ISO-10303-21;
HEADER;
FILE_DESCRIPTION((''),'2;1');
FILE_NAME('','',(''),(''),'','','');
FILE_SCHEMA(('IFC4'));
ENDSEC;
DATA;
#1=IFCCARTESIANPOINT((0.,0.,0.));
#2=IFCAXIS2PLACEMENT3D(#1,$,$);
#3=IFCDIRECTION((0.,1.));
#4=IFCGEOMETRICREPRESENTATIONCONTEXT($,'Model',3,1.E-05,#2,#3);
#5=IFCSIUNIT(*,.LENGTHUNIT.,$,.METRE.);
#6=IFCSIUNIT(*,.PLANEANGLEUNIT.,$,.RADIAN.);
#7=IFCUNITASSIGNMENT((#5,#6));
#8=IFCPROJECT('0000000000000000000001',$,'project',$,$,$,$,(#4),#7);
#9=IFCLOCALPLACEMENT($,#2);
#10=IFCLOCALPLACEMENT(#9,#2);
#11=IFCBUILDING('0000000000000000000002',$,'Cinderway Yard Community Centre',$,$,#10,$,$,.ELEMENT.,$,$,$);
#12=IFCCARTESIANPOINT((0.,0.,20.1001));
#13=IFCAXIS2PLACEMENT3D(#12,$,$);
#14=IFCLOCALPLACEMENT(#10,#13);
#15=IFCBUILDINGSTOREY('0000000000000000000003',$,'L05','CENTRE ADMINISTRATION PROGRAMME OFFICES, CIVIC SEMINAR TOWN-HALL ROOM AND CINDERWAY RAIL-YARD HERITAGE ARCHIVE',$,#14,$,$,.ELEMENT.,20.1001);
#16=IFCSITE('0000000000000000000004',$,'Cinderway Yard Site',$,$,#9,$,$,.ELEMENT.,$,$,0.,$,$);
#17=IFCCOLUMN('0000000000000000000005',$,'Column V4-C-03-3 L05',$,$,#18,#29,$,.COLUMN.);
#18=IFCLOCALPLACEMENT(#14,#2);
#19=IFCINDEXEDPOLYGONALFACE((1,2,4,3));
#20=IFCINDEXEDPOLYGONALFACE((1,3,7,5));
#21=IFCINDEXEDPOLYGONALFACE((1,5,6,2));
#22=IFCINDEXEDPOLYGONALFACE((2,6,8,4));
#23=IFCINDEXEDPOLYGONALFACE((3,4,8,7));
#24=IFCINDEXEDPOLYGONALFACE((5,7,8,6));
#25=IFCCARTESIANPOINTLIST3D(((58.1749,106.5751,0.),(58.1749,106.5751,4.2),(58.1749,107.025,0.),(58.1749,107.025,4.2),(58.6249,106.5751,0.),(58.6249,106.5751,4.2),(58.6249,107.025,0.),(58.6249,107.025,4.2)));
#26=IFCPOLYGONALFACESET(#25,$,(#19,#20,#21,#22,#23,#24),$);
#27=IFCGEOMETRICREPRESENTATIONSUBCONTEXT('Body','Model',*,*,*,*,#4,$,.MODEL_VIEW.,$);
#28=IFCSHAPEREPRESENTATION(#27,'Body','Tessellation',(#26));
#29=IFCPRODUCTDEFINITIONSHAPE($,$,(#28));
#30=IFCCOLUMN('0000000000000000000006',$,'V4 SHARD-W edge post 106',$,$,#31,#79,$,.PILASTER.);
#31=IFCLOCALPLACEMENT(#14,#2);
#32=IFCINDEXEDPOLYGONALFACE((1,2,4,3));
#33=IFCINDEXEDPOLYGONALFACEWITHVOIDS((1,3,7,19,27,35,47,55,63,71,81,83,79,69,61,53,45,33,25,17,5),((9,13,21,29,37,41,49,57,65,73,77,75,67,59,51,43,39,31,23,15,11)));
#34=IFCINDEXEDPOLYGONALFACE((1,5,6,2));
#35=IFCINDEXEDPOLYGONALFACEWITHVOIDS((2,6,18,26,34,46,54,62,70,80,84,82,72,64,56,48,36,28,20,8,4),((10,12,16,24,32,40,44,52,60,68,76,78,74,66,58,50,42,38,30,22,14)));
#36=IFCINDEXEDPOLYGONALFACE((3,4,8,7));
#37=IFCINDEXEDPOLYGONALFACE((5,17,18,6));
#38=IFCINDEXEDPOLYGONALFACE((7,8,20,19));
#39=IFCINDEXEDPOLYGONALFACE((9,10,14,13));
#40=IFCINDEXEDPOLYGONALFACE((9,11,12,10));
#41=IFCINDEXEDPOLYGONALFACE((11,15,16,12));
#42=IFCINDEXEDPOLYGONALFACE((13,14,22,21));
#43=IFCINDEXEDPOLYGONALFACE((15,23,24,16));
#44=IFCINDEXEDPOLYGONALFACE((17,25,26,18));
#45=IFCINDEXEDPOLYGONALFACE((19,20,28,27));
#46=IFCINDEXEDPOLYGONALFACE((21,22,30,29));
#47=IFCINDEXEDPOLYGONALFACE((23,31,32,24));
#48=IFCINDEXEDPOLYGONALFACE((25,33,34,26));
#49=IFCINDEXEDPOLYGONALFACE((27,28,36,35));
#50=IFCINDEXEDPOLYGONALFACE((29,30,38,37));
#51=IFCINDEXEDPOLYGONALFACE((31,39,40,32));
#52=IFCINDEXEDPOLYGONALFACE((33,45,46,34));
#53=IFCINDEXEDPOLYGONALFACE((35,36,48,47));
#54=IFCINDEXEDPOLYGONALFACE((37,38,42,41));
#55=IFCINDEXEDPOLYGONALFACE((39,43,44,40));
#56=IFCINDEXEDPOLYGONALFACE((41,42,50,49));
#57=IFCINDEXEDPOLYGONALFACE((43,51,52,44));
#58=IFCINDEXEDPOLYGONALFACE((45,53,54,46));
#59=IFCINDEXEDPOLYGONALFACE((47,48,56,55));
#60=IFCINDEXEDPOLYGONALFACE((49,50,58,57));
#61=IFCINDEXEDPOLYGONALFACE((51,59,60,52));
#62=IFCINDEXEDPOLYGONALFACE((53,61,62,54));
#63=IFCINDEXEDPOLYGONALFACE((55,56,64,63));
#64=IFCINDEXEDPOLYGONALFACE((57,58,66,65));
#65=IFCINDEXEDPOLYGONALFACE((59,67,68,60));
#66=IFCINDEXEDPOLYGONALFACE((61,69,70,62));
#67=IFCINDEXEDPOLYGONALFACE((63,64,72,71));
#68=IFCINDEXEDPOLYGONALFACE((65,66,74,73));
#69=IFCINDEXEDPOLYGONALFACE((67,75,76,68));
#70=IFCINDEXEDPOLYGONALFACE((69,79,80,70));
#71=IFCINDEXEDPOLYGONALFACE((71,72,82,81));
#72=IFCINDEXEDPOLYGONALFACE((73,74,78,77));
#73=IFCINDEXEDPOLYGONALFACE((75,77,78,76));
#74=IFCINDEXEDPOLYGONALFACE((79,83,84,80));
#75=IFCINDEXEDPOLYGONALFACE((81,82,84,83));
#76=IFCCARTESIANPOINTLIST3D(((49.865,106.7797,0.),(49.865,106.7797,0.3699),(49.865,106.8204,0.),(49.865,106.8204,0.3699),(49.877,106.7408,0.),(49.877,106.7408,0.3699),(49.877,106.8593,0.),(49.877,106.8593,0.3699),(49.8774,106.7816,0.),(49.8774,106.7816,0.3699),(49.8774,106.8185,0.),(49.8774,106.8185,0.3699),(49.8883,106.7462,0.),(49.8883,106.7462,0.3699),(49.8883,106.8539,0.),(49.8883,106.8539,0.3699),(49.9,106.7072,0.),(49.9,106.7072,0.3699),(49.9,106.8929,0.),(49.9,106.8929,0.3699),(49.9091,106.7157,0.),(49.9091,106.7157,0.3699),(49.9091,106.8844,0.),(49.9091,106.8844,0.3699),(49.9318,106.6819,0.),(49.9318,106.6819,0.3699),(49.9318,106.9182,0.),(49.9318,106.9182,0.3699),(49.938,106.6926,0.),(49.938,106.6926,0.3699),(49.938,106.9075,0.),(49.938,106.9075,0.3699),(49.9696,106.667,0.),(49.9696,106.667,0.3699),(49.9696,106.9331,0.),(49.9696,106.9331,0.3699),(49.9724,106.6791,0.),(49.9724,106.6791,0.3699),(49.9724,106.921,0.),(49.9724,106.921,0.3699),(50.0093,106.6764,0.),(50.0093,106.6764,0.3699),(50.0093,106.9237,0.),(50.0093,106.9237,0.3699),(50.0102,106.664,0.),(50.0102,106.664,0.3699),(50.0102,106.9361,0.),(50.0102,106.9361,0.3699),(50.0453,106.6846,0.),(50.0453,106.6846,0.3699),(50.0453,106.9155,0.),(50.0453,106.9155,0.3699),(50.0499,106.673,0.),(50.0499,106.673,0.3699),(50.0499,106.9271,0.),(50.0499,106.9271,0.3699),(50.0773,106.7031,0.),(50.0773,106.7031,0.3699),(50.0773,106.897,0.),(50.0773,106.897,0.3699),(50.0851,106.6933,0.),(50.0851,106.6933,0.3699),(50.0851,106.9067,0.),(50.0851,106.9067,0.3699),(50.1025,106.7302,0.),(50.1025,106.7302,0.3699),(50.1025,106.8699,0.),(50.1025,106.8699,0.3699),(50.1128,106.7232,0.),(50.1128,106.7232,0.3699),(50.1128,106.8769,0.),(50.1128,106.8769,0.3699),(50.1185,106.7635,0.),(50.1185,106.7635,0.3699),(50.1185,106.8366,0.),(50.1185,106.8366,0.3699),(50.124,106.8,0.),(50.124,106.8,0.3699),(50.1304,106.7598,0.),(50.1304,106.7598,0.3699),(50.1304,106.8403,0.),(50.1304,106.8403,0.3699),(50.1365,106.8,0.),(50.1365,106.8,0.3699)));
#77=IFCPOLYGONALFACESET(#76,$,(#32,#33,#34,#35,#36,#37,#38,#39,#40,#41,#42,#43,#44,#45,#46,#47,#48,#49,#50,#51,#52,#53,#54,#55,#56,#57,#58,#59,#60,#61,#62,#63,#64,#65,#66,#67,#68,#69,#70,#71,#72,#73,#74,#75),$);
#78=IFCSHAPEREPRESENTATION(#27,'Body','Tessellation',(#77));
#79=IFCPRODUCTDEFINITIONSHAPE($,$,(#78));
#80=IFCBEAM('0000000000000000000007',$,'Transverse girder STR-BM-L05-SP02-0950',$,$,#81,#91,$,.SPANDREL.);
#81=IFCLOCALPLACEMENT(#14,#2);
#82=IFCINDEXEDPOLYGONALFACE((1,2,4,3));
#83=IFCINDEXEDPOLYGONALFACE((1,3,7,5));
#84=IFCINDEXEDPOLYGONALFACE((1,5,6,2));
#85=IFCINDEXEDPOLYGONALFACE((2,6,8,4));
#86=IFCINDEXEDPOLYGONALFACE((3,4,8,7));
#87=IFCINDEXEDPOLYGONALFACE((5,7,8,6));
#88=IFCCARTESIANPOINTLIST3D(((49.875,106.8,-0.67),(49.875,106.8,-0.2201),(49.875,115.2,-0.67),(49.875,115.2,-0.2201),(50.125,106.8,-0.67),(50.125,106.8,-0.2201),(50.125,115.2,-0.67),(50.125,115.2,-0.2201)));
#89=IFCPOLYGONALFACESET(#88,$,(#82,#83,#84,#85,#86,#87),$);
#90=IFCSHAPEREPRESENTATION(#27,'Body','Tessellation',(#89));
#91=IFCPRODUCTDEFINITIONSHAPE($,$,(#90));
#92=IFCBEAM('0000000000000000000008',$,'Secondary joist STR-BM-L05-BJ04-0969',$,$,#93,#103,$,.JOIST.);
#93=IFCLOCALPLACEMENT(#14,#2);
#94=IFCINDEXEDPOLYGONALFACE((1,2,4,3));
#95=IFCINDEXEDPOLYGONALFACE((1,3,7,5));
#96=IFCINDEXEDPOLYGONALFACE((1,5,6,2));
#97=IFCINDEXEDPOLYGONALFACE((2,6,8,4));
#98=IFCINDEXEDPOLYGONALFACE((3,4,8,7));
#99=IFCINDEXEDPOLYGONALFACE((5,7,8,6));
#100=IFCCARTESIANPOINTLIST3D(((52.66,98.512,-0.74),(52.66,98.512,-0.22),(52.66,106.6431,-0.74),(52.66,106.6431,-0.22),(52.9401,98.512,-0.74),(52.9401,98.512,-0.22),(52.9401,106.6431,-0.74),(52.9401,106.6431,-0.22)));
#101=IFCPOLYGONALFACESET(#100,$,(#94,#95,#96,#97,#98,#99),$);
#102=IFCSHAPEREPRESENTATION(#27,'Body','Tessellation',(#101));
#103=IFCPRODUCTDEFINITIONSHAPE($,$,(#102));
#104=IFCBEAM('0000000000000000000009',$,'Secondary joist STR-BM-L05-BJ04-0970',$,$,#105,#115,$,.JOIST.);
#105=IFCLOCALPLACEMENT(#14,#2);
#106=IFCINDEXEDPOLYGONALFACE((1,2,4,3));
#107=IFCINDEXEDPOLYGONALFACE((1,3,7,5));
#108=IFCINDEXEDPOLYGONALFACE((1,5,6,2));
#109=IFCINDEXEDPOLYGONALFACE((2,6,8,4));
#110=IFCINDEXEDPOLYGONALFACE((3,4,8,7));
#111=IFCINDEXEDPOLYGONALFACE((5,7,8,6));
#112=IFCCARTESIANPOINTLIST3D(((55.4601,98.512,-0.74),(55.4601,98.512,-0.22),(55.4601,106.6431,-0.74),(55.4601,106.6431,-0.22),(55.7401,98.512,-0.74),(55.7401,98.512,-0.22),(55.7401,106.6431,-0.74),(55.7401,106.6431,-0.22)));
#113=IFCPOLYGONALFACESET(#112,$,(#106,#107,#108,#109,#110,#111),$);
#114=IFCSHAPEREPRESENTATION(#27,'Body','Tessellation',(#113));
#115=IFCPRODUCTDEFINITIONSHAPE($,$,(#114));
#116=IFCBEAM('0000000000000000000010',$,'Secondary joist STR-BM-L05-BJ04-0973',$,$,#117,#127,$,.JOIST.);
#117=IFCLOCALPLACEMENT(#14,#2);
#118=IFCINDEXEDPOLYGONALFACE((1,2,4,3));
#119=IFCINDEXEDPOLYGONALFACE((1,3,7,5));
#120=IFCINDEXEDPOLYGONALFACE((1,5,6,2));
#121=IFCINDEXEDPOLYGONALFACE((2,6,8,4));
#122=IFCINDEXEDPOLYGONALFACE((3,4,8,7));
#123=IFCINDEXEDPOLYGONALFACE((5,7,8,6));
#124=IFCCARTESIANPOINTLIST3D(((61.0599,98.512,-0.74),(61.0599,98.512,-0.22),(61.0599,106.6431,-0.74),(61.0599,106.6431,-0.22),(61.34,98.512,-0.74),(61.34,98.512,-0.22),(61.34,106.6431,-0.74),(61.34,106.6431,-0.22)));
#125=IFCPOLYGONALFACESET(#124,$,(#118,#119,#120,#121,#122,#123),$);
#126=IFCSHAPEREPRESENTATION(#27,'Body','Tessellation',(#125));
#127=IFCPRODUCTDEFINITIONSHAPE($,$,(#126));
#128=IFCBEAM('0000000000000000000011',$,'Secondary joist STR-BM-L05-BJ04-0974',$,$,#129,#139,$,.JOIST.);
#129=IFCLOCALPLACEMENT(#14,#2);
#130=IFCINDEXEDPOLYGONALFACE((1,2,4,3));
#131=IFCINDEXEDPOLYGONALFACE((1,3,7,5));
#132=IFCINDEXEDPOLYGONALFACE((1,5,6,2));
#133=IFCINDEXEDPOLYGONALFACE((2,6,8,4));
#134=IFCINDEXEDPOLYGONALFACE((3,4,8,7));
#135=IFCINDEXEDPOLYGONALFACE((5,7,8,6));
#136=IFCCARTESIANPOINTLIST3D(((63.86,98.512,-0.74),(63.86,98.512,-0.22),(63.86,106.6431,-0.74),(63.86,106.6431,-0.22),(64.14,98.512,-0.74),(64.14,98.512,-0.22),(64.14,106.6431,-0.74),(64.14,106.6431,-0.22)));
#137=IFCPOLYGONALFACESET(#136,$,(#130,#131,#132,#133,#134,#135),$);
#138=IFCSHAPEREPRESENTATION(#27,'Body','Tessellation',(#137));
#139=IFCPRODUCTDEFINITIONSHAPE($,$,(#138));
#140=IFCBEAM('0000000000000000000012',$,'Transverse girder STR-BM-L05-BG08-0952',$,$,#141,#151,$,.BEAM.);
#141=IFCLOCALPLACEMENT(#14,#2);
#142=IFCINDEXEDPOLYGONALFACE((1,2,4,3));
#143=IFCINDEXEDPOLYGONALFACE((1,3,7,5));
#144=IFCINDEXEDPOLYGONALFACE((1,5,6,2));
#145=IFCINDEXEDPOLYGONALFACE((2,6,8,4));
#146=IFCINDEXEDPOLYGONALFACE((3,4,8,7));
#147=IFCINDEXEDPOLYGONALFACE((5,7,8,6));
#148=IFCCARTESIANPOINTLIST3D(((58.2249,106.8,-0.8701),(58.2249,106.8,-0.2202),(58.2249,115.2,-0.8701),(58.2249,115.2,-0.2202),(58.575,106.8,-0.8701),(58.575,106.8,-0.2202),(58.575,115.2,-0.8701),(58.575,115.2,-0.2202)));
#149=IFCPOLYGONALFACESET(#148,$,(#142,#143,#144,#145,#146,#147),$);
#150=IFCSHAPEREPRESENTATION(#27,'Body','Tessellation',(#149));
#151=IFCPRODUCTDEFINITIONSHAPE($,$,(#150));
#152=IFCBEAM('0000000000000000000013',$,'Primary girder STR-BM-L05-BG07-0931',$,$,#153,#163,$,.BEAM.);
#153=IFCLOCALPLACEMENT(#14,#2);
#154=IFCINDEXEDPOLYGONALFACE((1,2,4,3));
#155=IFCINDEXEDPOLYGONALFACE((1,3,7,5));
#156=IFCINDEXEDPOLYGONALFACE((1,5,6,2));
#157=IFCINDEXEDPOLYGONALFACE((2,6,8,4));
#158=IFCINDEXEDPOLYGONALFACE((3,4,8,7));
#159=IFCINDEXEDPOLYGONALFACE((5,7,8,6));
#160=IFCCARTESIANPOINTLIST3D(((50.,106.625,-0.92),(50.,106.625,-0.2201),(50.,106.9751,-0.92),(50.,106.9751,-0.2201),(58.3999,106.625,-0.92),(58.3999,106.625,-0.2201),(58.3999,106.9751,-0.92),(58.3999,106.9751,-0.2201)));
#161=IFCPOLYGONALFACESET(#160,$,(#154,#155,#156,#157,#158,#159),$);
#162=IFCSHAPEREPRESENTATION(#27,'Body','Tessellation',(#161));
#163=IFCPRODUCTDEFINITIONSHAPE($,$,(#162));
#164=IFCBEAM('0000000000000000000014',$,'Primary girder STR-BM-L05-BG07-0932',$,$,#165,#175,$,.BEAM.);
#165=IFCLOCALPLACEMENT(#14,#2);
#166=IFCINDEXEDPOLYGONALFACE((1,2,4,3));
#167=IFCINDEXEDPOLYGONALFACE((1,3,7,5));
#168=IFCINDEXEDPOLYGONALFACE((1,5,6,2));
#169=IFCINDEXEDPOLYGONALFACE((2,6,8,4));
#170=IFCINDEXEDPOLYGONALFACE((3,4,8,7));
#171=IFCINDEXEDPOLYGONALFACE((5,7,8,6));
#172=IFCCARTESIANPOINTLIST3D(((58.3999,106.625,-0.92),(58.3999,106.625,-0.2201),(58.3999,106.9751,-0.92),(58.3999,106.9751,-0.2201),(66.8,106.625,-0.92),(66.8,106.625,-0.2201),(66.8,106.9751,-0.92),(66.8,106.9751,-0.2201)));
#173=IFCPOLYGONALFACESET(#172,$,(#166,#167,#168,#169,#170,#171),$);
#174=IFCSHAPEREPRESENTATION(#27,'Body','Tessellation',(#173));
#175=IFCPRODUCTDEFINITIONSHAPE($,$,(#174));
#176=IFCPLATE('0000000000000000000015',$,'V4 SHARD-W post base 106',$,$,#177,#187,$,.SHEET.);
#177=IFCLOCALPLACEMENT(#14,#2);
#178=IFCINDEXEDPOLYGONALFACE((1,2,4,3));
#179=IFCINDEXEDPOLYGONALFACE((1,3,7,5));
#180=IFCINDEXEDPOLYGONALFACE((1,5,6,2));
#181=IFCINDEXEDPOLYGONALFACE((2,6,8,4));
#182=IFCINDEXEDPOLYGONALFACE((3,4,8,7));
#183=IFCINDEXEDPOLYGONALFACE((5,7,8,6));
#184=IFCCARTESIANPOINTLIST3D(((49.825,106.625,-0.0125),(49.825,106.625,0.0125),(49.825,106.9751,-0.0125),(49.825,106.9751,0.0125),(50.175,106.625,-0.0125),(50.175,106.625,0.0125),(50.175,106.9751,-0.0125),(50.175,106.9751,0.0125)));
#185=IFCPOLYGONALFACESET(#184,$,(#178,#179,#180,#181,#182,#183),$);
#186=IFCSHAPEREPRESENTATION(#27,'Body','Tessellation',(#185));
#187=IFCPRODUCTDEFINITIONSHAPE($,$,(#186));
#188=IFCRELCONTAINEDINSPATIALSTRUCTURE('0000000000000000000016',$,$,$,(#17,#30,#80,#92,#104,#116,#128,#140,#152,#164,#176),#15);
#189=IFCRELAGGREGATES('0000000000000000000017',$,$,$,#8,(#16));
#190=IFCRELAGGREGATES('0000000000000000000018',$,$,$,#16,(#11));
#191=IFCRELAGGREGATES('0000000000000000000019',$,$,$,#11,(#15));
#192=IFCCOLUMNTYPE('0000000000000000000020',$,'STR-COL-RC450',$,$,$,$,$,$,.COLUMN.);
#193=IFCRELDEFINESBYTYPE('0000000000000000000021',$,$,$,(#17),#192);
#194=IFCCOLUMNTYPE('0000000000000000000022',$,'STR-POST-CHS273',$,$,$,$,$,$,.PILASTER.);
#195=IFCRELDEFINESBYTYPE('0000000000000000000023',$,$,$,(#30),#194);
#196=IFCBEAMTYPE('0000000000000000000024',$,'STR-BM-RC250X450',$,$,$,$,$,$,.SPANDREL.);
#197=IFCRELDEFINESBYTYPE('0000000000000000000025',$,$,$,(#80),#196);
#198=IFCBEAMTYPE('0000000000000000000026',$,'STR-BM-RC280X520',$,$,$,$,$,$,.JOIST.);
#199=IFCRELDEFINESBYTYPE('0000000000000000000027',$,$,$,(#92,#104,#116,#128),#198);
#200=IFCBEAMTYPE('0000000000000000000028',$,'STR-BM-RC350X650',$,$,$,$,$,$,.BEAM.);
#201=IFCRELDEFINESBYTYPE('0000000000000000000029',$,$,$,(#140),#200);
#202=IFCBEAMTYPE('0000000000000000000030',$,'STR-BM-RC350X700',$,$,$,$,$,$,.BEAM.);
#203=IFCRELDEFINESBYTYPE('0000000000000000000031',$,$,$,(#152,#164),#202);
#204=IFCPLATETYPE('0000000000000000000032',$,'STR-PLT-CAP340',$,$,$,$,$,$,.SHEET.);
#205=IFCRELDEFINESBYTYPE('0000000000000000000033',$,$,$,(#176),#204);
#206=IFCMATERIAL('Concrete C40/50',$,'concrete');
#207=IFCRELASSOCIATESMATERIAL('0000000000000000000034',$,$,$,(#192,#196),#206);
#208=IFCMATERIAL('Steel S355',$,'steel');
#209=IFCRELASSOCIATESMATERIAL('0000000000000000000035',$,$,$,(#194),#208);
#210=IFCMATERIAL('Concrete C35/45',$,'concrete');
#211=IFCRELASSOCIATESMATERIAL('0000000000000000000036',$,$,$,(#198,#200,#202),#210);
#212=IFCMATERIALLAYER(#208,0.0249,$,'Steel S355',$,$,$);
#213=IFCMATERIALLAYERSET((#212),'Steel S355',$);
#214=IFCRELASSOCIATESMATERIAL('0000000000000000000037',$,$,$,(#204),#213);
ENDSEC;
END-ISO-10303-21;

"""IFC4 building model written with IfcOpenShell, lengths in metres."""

from ifc_helpers import new_model, si_unit, direction, frame, origin, origin_2d, place, context, subcontext, project, spatial, rectangle, hollow_circle, extrude, material, layer, layer_set, material_profile, profile_set, type_object, element, save


model = new_model("IFC4")

# Units and contexts
model_context = context("Model", 3, precision=1e-05, world=origin(), true_north=direction((0.0, 1.0)))
body_context = subcontext(model_context, "Body", "Model", "MODEL_VIEW")
ifc_project = project(units=[si_unit("LENGTHUNIT", "METRE"), si_unit("PLANEANGLEUNIT", "RADIAN")], contexts=[model_context])

# Site, building, storey
site_placement = place(None, origin())
site = spatial("IfcSite", under=ifc_project, at=site_placement, Name="Cinderway Yard Site", CompositionType="ELEMENT", RefElevation=0.0)
building_placement = place(site_placement, origin())
building = spatial("IfcBuilding", under=site, at=building_placement, Name="Cinderway Yard Community Centre", CompositionType="ELEMENT")
storey_placement = place(building_placement, frame((0.0, 0.0, 20.1001)))
storey = spatial("IfcBuildingStorey", under=building, at=storey_placement, Name="L05", Description="CENTRE ADMINISTRATION PROGRAMME OFFICES, CIVIC SEMINAR TOWN-HALL ROOM AND CINDERWAY RAIL-YARD HERITAGE ARCHIVE", CompositionType="ELEMENT", Elevation=20.1001)

# Columns
ifc_material_1 = material(Name="Concrete C40/50", Category="concrete")
ifc_material_profile_1 = material_profile(ifc_material_1, rectangle(XDim=0.45, YDim=0.45, at=origin_2d()), Name="Concrete C40/50")
ifc_profile_set_1 = profile_set([ifc_material_profile_1], Name="Concrete C40/50")
column_type_1 = type_object("IfcColumnType", Name="STR-COL-RC450", PredefinedType="COLUMN", material=ifc_profile_set_1)
column_1_placement = place(storey_placement, frame((58.3999, 106.8, 0.0), z_axis=(0.0, 0.0, 1.0), x_axis=(1.0, 0.0, 0.0)))
element("IfcColumn", 1, at=column_1_placement, inside=storey, type_object=column_type_1, Name="Column V4-C-03-3 L05", PredefinedType="COLUMN", context=body_context, shape_type="SweptSolid", body=[
    extrude(rectangle(XDim=0.45, YDim=0.45, at=origin_2d()), origin(), (0.0, 0.0, 1.0), 4.2),
])
ifc_material_2 = material(Name="Steel S355", Category="steel")
ifc_material_profile_2 = material_profile(ifc_material_2, hollow_circle(Radius=0.1365, WallThickness=0.0125, at=origin_2d()), Name="Steel S355")
ifc_profile_set_2 = profile_set([ifc_material_profile_2], Name="Steel S355")
column_type_2 = type_object("IfcColumnType", Name="STR-POST-CHS273", PredefinedType="PILASTER", material=ifc_profile_set_2)
column_2_placement = place(storey_placement, frame((50.0, 106.8, 0.0), z_axis=(0.0, 0.0, 1.0), x_axis=(1.0, 0.0, 0.0)))
element("IfcColumn", 2, at=column_2_placement, inside=storey, type_object=column_type_2, Name="V4 SHARD-W edge post 106", PredefinedType="PILASTER", context=body_context, shape_type="SweptSolid", body=[
    extrude(hollow_circle(Radius=0.1365, WallThickness=0.0125, at=origin_2d()), origin(), (0.0, 0.0, 1.0), 0.3699),
])

# Beams
ifc_material_profile_3 = material_profile(ifc_material_1, rectangle(XDim=0.25, YDim=0.45, at=origin_2d()), Name="Concrete C40/50")
ifc_profile_set_3 = profile_set([ifc_material_profile_3], Name="Concrete C40/50")
beam_type_1 = type_object("IfcBeamType", Name="STR-BM-RC250X450", PredefinedType="SPANDREL", material=ifc_profile_set_3)
beam_1_placement = place(storey_placement, frame((50.0, 106.8, -0.4451), z_axis=(0.0, 1.0, 0.0), x_axis=(-1.0, 0.0, 0.0)))
element("IfcBeam", 3, at=beam_1_placement, inside=storey, type_object=beam_type_1, Name="Transverse girder STR-BM-L05-SP02-0950", PredefinedType="SPANDREL", context=body_context, shape_type="SweptSolid", body=[
    extrude(rectangle(XDim=0.25, YDim=0.45, at=origin_2d()), origin(), (0.0, 0.0, 1.0), 8.3999),
])
ifc_material_3 = material(Name="Concrete C35/45", Category="concrete")
ifc_material_profile_4 = material_profile(ifc_material_3, rectangle(XDim=0.28, YDim=0.52, at=origin_2d()), Name="Concrete C35/45")
ifc_profile_set_4 = profile_set([ifc_material_profile_4], Name="Concrete C35/45")
beam_type_2 = type_object("IfcBeamType", Name="STR-BM-RC280X520", PredefinedType="JOIST", material=ifc_profile_set_4)
for number, where, z_axis, x_axis, name in (
    (4, (52.8, 98.512, -0.48), (0.0, 1.0, 0.0), (-1.0, 0.0, 0.0), "Secondary joist STR-BM-L05-BJ04-0969"),
    (5, (55.6001, 98.512, -0.48), (0.0, 1.0, 0.0), (-1.0, 0.0, 0.0), "Secondary joist STR-BM-L05-BJ04-0970"),
    (6, (61.2, 98.512, -0.48), (0.0, 1.0, 0.0), (-1.0, 0.0, 0.0), "Secondary joist STR-BM-L05-BJ04-0973"),
    (7, (64.0, 98.512, -0.48), (0.0, 1.0, 0.0), (-1.0, 0.0, 0.0), "Secondary joist STR-BM-L05-BJ04-0974"),
):
    element("IfcBeam", number, at=place(storey_placement, frame(where, z_axis=z_axis, x_axis=x_axis)), inside=storey, type_object=beam_type_2, Name=name, PredefinedType="JOIST", context=body_context, shape_type="SweptSolid", body=[
        extrude(rectangle(XDim=0.28, YDim=0.52, at=origin_2d()), origin(), (0.0, 0.0, 1.0), 8.1311),
    ])
ifc_material_profile_5 = material_profile(ifc_material_3, rectangle(XDim=0.3501, YDim=0.6499, at=origin_2d()), Name="Concrete C35/45")
ifc_profile_set_5 = profile_set([ifc_material_profile_5], Name="Concrete C35/45")
beam_type_3 = type_object("IfcBeamType", Name="STR-BM-RC350X650", PredefinedType="BEAM", material=ifc_profile_set_5)
beam_2_placement = place(storey_placement, frame((58.3999, 106.8, -0.5452), z_axis=(0.0, 1.0, 0.0), x_axis=(-1.0, 0.0, 0.0)))
element("IfcBeam", 8, at=beam_2_placement, inside=storey, type_object=beam_type_3, Name="Transverse girder STR-BM-L05-BG08-0952", PredefinedType="BEAM", context=body_context, shape_type="SweptSolid", body=[
    extrude(rectangle(XDim=0.3501, YDim=0.6499, at=origin_2d()), origin(), (0.0, 0.0, 1.0), 8.3999),
])
ifc_material_profile_6 = material_profile(ifc_material_3, rectangle(XDim=0.3501, YDim=0.7, at=origin_2d()), Name="Concrete C35/45")
ifc_profile_set_6 = profile_set([ifc_material_profile_6], Name="Concrete C35/45")
beam_type_4 = type_object("IfcBeamType", Name="STR-BM-RC350X700", PredefinedType="BEAM", material=ifc_profile_set_6)
beam_3_placement = place(storey_placement, frame((50.0, 106.8, -0.5701), z_axis=(1.0, 0.0, 0.0), x_axis=(0.0, 1.0, 0.0)))
element("IfcBeam", 9, at=beam_3_placement, inside=storey, type_object=beam_type_4, Name="Primary girder STR-BM-L05-BG07-0931", PredefinedType="BEAM", context=body_context, shape_type="SweptSolid", body=[
    extrude(rectangle(XDim=0.3501, YDim=0.7, at=origin_2d()), origin(), (0.0, 0.0, 1.0), 8.3999),
])
beam_4_placement = place(storey_placement, frame((58.3999, 106.8, -0.5701), z_axis=(1.0, 0.0, 0.0), x_axis=(0.0, 1.0, 0.0)))
element("IfcBeam", 10, at=beam_4_placement, inside=storey, type_object=beam_type_4, Name="Primary girder STR-BM-L05-BG07-0932", PredefinedType="BEAM", context=body_context, shape_type="SweptSolid", body=[
    extrude(rectangle(XDim=0.3501, YDim=0.7, at=origin_2d()), origin(), (0.0, 0.0, 1.0), 8.4001),
])

# Plate
ifc_layer_1 = layer(ifc_material_2, 0.0249, Name="Steel S355")
ifc_layer_set_1 = layer_set([ifc_layer_1], Name="Steel S355")
plate_type = type_object("IfcPlateType", Name="STR-PLT-CAP340", PredefinedType="SHEET", material=ifc_layer_set_1)
plate_placement = place(storey_placement, frame((50.0, 106.8, -0.0125), z_axis=(0.0, 0.0, 1.0), x_axis=(1.0, 0.0, 0.0)))
element("IfcPlate", 11, at=plate_placement, inside=storey, type_object=plate_type, Name="V4 SHARD-W post base 106", PredefinedType="SHEET", context=body_context, shape_type="SweptSolid", body=[
    extrude(rectangle(XDim=0.3501, YDim=0.3501, at=origin_2d()), origin(), (0.0, 0.0, 1.0), 0.0249),
])

save(model, "model.ifc")
